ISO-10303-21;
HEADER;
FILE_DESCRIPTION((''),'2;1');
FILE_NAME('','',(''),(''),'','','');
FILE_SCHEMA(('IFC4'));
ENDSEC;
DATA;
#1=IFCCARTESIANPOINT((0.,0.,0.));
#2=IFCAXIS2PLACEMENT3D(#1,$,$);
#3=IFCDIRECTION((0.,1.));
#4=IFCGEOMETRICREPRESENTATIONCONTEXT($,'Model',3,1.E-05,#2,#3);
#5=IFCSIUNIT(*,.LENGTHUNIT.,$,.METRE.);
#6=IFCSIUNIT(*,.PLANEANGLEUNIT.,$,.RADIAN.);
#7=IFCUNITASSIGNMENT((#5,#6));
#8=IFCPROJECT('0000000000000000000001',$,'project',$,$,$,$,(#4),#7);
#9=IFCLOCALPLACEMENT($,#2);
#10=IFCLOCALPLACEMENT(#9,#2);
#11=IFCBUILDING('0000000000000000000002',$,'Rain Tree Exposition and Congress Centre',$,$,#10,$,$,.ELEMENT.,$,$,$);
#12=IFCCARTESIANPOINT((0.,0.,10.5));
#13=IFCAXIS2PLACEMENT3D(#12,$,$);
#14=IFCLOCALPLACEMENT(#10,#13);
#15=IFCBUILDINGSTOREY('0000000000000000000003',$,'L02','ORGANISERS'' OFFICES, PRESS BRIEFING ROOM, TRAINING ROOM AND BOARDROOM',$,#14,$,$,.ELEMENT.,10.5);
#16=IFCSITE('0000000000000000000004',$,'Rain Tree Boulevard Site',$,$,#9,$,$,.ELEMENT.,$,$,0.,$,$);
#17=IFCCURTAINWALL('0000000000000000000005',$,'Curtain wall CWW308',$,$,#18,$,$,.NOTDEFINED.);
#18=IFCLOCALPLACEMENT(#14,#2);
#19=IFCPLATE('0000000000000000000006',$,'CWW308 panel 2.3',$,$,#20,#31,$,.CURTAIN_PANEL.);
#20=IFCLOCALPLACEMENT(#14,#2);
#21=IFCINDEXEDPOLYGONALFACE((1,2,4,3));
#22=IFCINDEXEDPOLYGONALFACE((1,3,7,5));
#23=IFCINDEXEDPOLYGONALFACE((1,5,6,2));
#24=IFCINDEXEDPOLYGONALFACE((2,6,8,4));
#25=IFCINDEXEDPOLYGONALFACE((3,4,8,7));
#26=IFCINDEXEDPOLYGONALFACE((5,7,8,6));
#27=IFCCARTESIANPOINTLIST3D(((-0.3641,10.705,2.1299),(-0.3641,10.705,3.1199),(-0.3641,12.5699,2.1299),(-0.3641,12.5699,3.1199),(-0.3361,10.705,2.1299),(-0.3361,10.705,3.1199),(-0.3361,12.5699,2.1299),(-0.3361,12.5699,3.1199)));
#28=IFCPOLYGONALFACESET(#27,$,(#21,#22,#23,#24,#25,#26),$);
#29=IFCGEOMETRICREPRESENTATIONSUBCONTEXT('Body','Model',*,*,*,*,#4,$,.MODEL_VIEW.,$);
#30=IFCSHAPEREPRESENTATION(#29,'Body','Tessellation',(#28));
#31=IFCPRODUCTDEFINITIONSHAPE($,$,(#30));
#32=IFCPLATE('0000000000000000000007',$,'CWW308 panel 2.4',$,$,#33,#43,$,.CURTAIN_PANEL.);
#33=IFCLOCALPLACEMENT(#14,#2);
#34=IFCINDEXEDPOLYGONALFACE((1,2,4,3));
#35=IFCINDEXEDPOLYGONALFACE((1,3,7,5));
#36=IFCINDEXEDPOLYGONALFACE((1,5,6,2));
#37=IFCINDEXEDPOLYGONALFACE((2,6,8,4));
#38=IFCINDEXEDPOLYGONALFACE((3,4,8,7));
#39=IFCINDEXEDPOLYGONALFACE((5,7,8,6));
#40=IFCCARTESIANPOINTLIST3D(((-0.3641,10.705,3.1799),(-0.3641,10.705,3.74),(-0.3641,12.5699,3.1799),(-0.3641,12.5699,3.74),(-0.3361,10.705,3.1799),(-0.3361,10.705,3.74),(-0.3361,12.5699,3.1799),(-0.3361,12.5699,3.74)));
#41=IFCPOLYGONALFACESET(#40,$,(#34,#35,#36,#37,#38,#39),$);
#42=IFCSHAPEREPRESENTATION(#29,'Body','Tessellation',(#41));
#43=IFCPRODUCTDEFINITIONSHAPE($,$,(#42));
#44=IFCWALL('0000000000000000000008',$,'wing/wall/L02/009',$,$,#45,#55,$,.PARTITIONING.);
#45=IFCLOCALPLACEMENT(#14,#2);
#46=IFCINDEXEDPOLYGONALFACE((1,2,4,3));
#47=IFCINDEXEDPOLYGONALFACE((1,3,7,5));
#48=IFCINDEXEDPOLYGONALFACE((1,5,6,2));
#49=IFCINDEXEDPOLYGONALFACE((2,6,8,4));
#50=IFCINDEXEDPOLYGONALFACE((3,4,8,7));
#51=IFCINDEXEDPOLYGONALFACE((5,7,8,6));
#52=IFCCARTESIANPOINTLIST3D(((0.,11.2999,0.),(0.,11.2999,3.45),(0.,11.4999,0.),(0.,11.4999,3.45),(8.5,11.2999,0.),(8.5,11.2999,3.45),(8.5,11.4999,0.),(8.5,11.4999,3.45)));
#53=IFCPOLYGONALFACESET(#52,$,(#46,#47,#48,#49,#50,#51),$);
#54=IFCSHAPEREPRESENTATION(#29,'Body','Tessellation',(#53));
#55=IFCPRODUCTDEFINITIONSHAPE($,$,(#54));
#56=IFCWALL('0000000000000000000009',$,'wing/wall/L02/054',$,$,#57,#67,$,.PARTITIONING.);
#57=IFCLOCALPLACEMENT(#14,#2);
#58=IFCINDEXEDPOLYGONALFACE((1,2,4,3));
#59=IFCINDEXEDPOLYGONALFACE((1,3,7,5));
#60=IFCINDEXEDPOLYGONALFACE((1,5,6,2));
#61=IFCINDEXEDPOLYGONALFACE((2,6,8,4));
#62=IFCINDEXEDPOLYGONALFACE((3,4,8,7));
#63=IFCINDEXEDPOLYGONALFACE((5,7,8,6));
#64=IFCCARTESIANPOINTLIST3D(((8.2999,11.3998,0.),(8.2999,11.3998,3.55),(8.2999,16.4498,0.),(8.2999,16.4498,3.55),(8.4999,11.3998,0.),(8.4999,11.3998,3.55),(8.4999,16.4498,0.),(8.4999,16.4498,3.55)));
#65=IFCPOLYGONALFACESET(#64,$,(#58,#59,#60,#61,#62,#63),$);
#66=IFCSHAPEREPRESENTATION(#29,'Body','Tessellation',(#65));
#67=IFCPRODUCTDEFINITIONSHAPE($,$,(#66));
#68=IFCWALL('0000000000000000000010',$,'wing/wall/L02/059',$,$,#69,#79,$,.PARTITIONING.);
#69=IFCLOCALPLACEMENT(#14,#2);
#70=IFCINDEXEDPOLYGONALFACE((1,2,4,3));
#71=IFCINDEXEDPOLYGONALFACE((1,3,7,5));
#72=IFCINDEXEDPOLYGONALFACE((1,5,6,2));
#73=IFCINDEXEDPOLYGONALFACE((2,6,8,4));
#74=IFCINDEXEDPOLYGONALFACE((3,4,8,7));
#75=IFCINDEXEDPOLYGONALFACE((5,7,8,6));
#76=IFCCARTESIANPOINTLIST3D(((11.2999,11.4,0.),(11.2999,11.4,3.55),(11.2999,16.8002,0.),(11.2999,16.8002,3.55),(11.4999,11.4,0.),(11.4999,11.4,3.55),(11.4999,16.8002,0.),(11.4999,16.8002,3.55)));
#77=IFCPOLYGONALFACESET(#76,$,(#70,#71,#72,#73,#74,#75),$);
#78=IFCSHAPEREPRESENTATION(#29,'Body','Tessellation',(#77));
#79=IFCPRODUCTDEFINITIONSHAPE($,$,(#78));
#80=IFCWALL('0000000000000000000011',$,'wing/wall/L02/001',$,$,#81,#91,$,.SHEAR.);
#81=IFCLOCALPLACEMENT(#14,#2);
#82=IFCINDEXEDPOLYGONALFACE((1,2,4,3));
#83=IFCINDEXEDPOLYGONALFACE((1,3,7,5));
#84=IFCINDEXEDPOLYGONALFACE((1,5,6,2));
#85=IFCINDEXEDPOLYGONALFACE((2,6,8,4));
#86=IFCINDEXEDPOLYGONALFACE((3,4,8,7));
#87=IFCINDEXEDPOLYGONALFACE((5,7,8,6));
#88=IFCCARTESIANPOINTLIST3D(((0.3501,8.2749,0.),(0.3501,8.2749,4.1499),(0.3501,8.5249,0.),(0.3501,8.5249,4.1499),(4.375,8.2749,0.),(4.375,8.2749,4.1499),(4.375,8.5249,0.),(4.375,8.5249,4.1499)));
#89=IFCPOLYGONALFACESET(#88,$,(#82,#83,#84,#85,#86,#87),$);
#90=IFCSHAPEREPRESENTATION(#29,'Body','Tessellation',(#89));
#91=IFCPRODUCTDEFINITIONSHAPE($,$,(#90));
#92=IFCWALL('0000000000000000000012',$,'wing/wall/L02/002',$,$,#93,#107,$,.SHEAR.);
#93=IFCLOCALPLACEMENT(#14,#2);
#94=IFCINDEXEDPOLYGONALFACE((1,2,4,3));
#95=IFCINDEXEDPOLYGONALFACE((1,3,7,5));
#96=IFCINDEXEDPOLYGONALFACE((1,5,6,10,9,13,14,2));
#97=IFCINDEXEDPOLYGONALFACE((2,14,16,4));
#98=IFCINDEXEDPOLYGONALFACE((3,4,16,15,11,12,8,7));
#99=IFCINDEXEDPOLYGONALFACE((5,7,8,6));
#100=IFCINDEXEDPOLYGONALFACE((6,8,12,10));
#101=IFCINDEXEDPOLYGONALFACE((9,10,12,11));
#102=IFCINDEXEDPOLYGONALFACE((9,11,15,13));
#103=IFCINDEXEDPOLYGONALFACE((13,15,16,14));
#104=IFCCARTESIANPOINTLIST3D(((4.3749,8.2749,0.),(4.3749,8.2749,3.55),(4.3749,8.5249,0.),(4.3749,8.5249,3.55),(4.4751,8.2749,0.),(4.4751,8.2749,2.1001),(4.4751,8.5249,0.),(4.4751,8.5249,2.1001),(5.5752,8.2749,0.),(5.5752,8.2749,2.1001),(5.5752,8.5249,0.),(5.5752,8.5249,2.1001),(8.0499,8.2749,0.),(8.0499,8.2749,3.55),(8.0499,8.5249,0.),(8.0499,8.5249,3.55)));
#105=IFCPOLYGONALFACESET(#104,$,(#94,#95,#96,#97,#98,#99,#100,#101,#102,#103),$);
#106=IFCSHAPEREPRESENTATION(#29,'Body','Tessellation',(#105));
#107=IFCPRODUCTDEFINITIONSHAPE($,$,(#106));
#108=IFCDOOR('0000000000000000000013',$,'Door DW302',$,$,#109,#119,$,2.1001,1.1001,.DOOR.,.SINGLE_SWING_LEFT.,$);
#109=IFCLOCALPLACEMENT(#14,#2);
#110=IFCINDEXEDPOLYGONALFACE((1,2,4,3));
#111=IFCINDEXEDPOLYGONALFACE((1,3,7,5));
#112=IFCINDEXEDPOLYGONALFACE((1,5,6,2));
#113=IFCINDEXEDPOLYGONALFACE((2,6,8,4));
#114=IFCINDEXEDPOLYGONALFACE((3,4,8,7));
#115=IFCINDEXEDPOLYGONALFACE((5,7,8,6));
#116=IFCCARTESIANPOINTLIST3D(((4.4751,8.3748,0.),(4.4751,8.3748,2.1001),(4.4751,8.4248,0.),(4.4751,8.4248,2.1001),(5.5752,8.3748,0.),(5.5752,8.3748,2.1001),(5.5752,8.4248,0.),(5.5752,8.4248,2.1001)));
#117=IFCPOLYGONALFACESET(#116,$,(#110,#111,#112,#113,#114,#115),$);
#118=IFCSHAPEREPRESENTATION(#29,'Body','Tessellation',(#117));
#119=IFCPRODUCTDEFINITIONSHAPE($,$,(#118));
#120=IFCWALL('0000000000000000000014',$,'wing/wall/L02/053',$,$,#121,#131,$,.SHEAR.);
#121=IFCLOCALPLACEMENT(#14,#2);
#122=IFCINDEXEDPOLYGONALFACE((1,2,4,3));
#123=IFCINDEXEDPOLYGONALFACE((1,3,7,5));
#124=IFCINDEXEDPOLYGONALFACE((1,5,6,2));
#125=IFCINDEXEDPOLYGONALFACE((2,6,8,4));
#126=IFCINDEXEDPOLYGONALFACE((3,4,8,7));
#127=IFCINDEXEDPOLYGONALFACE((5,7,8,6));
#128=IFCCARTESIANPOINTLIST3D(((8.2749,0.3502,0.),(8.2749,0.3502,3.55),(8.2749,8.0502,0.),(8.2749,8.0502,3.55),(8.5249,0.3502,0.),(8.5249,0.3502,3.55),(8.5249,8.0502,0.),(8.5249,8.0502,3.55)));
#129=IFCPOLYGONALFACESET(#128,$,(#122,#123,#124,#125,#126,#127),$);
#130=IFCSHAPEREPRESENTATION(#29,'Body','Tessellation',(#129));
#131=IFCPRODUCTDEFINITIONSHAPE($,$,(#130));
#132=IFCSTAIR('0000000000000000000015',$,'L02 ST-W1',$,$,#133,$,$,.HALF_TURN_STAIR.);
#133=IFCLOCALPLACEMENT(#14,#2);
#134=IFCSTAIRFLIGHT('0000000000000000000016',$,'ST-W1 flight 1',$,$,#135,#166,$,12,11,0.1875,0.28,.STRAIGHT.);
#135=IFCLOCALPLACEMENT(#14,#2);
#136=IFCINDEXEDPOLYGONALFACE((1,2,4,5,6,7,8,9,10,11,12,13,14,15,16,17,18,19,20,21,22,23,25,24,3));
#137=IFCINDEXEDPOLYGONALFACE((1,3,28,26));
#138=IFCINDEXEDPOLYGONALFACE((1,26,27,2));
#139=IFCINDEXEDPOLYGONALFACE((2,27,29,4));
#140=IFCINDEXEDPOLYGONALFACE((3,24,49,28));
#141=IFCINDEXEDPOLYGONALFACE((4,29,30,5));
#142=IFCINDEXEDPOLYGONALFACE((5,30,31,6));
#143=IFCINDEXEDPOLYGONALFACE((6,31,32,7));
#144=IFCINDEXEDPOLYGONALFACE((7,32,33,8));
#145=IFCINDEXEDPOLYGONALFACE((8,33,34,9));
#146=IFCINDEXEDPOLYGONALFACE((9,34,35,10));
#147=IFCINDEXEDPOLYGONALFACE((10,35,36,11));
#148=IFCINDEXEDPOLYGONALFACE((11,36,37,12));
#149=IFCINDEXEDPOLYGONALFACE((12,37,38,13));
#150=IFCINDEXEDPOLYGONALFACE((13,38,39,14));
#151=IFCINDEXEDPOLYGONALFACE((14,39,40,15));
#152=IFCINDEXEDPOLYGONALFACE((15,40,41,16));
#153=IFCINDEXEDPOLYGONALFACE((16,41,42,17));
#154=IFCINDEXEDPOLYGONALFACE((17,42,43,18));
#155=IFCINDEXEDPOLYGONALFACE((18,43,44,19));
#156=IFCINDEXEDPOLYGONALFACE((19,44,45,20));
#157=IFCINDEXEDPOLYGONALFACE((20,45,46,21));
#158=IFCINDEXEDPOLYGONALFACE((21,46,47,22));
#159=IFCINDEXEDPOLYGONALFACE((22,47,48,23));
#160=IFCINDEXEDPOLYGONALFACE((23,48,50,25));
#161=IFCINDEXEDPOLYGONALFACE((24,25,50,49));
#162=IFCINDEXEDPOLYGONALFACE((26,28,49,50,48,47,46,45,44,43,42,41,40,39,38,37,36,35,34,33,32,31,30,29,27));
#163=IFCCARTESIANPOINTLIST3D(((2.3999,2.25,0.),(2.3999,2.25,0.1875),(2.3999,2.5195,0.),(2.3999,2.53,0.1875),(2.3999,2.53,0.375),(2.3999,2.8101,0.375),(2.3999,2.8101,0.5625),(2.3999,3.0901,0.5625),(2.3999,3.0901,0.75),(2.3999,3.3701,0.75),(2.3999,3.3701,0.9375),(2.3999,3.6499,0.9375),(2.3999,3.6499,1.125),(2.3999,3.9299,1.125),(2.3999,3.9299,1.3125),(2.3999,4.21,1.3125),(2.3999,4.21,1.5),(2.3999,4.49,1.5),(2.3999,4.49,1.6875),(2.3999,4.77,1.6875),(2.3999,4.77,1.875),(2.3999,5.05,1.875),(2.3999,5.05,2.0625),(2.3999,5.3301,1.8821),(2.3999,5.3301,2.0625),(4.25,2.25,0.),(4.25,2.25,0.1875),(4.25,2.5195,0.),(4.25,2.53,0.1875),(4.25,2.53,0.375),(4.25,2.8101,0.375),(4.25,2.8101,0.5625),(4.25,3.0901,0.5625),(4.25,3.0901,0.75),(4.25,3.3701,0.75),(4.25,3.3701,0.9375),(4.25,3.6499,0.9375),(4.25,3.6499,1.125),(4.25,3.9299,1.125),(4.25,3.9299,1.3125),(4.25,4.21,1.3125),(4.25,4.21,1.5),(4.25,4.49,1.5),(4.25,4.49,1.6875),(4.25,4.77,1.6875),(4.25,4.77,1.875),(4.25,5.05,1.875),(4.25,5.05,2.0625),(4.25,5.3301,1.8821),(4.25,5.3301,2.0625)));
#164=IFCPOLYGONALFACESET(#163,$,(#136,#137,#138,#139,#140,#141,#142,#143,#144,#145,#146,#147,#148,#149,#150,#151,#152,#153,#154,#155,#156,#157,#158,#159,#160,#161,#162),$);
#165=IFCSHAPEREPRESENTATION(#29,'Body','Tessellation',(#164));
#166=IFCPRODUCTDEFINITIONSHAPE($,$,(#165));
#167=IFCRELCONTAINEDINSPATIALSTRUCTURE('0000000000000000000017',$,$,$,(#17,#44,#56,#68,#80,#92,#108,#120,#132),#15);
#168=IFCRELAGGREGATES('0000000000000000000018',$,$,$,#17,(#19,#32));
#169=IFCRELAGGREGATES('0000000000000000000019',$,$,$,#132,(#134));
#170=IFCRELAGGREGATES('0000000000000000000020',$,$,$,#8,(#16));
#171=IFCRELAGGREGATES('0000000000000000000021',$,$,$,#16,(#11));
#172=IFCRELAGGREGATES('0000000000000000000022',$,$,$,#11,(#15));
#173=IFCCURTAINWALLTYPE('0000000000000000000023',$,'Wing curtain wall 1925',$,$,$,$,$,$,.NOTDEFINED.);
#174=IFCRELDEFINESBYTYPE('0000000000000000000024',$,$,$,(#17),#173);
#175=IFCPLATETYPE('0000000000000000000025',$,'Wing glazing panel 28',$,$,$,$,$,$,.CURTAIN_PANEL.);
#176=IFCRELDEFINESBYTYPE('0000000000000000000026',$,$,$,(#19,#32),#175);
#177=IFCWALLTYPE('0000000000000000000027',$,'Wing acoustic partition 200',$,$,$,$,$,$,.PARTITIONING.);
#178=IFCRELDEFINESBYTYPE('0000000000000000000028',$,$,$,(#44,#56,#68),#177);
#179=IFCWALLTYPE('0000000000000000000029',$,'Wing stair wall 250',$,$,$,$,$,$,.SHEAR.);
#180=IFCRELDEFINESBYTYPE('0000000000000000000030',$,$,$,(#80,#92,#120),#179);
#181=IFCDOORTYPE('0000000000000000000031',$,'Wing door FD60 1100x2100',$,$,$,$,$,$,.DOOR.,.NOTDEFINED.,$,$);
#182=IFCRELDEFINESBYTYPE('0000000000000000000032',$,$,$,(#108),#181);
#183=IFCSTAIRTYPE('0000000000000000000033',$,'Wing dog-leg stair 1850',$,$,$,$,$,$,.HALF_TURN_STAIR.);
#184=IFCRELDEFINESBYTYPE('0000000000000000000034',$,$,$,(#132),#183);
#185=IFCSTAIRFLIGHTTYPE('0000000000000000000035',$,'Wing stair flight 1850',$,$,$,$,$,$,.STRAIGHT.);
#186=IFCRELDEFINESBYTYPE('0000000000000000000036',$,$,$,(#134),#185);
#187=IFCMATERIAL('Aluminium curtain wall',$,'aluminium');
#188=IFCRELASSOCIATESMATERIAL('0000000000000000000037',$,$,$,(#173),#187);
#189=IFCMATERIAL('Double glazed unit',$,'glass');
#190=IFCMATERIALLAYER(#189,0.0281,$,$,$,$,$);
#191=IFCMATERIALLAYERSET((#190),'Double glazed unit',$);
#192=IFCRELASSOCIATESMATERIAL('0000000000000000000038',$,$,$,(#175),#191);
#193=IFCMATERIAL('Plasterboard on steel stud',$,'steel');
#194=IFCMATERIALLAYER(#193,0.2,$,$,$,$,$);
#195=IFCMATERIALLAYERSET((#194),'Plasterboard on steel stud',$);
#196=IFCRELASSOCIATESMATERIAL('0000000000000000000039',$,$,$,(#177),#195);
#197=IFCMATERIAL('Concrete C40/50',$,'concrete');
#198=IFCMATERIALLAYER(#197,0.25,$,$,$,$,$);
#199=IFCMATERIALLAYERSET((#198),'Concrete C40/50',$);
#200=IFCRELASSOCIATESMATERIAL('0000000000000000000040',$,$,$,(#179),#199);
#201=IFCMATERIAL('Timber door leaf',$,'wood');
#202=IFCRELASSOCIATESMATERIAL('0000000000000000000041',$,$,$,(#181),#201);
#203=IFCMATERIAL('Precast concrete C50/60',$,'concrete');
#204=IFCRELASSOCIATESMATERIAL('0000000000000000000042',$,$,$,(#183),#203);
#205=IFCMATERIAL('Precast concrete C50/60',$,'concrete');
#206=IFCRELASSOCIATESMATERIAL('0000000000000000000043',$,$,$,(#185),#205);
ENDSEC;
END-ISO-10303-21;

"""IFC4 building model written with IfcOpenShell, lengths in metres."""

from ifc_helpers import new_model, si_unit, direction, frame, frame_2d, origin, origin_2d, place, context, subcontext, project, spatial, polyline, rectangle, outline, extrude, material, layer, layer_set, type_object, element, fill, aggregate, save


model = new_model("IFC4")

# Units and contexts
model_context = context("Model", 3, precision=1e-05, world=origin(), true_north=direction((0.0, 1.0)))
body_context = subcontext(model_context, "Body", "Model", "MODEL_VIEW")
ifc_project = project(units=[si_unit("LENGTHUNIT", "METRE"), si_unit("PLANEANGLEUNIT", "RADIAN")], contexts=[model_context])

# Site, building, storey
site_placement = place(None, origin())
site = spatial("IfcSite", under=ifc_project, at=site_placement, Name="Rain Tree Boulevard Site", CompositionType="ELEMENT", RefElevation=0.0)
building_placement = place(site_placement, origin())
building = spatial("IfcBuilding", under=site, at=building_placement, Name="Rain Tree Exposition and Congress Centre", CompositionType="ELEMENT")
storey_placement = place(building_placement, frame((0.0, 0.0, 10.5)))
storey = spatial("IfcBuildingStorey", under=building, at=storey_placement, Name="L02", Description="ORGANISERS' OFFICES, PRESS BRIEFING ROOM, TRAINING ROOM AND BOARDROOM", CompositionType="ELEMENT", Elevation=10.5)

# Curtain wall, plates
ifc_material_1 = material(Name="Aluminium curtain wall", Category="aluminium")
curtain_wall_type = type_object("IfcCurtainWallType", Name="Wing curtain wall 1925", PredefinedType="NOTDEFINED", material=ifc_material_1)
curtain_wall_placement = place(storey_placement, origin())
curtain_wall = element("IfcCurtainWall", 1, at=curtain_wall_placement, inside=storey, type_object=curtain_wall_type, Name="Curtain wall CWW308", PredefinedType="NOTDEFINED")
ifc_material_2 = material(Name="Double glazed unit", Category="glass")
ifc_layer_1 = layer(ifc_material_2, 0.0281)
ifc_layer_set_1 = layer_set([ifc_layer_1], Name="Double glazed unit")
plate_type = type_object("IfcPlateType", Name="Wing glazing panel 28", PredefinedType="CURTAIN_PANEL", material=ifc_layer_set_1)
plate_1_placement = place(storey_placement, frame((-0.3501, 11.6375, 2.1299), z_axis=(0.0, 0.0, 1.0), x_axis=(0.0, 1.0, 0.0)))
plate_1 = element("IfcPlate", 2, at=plate_1_placement, type_object=plate_type, Name="CWW308 panel 2.3", PredefinedType="CURTAIN_PANEL", context=body_context, shape_type="SweptSolid", body=[
    extrude(rectangle(XDim=1.865, YDim=0.0281, at=origin_2d()), origin(), (0.0, 0.0, 1.0), 0.99),
])
plate_2_placement = place(storey_placement, frame((-0.3501, 11.6375, 3.1799), z_axis=(0.0, 0.0, 1.0), x_axis=(0.0, 1.0, 0.0)))
plate_2 = element("IfcPlate", 3, at=plate_2_placement, type_object=plate_type, Name="CWW308 panel 2.4", PredefinedType="CURTAIN_PANEL", context=body_context, shape_type="SweptSolid", body=[
    extrude(rectangle(XDim=1.865, YDim=0.0281, at=origin_2d()), origin(), (0.0, 0.0, 1.0), 0.5601),
])
aggregate(curtain_wall, [plate_1, plate_2])

# Shared definitions
ifc_material_3 = material(Name="Plasterboard on steel stud", Category="steel")
ifc_layer_2 = layer(ifc_material_3, 0.2)
ifc_layer_set_2 = layer_set([ifc_layer_2], Name="Plasterboard on steel stud")
wall_type_1 = type_object("IfcWallType", Name="Wing acoustic partition 200", PredefinedType="PARTITIONING", material=ifc_layer_set_2)

# Wall
wall_1_placement = place(storey_placement, frame((0.0, 11.3999, 0.0), z_axis=(0.0, 0.0, 1.0), x_axis=(1.0, 0.0, 0.0)))
element("IfcWall", 4, at=wall_1_placement, inside=storey, type_object=wall_type_1, Name="wing/wall/L02/009", PredefinedType="PARTITIONING", context=body_context, shape_type="SweptSolid", body=[
    extrude(rectangle(XDim=8.5, YDim=0.2, at=frame_2d((4.25, 0.0))), origin(), (0.0, 0.0, 1.0), 3.45),
])

# Walls
wall_2_placement = place(storey_placement, frame((8.3999, 11.3999, 0.0), z_axis=(0.0, 0.0, 1.0), x_axis=(0.0, 1.0, 0.0)))
element("IfcWall", 5, at=wall_2_placement, inside=storey, type_object=wall_type_1, Name="wing/wall/L02/054", PredefinedType="PARTITIONING", context=body_context, shape_type="SweptSolid", body=[
    extrude(rectangle(XDim=5.05, YDim=0.2, at=frame_2d((2.5249, 0.0))), origin(), (0.0, 0.0, 1.0), 3.55),
])
wall_3_placement = place(storey_placement, frame((11.3999, 11.3999, 0.0), z_axis=(0.0, 0.0, 1.0), x_axis=(0.0, 1.0, 0.0)))
element("IfcWall", 6, at=wall_3_placement, inside=storey, type_object=wall_type_1, Name="wing/wall/L02/059", PredefinedType="PARTITIONING", context=body_context, shape_type="SweptSolid", body=[
    extrude(rectangle(XDim=5.4001, YDim=0.2, at=frame_2d((2.7002, 0.0))), origin(), (0.0, 0.0, 1.0), 3.55),
])
ifc_material_4 = material(Name="Concrete C40/50", Category="concrete")
ifc_layer_3 = layer(ifc_material_4, 0.25)
ifc_layer_set_3 = layer_set([ifc_layer_3], Name="Concrete C40/50")
wall_type_2 = type_object("IfcWallType", Name="Wing stair wall 250", PredefinedType="SHEAR", material=ifc_layer_set_3)
wall_4_placement = place(storey_placement, frame((0.3501, 8.3999, 0.0), z_axis=(0.0, 0.0, 1.0), x_axis=(1.0, 0.0, 0.0)))
element("IfcWall", 7, at=wall_4_placement, inside=storey, type_object=wall_type_2, Name="wing/wall/L02/001", PredefinedType="SHEAR", context=body_context, shape_type="SweptSolid", body=[
    extrude(rectangle(XDim=4.0249, YDim=0.25, at=frame_2d((2.0125, 0.0))), origin(), (0.0, 0.0, 1.0), 4.1499),
])

# Wall, opening, door
wall_5_placement = place(storey_placement, frame((4.375, 8.3999, 0.0), z_axis=(0.0, 0.0, 1.0), x_axis=(1.0, 0.0, 0.0)))
wall_5 = element("IfcWall", 8, at=wall_5_placement, inside=storey, type_object=wall_type_2, Name="wing/wall/L02/002", PredefinedType="SHEAR", context=body_context, shape_type="SweptSolid", body=[
    extrude(rectangle(XDim=3.675, YDim=0.25, at=frame_2d((1.8374, 0.0))), origin(), (0.0, 0.0, 1.0), 3.55),
])
opening_1_placement = place(wall_5_placement, frame((0.1001, 0.0, 0.0)))
opening_1 = element("IfcOpeningElement", 9, at=opening_1_placement, cuts=wall_5, PredefinedType="OPENING", context=body_context, shape_type="SweptSolid", body=[
    extrude(rectangle(XDim=1.1001, YDim=2.1001, at=frame_2d((0.55, 1.05))), frame((0.0, 0.125, 0.0), z_axis=(0.0, -1.0, 0.0), x_axis=(1.0, 0.0, 0.0)), (0.0, 0.0, 1.0), 0.25),
])
ifc_material_5 = material(Name="Timber door leaf", Category="wood")
door_type_1 = type_object("IfcDoorType", Name="Wing door FD60 1100x2100", OperationType="NOTDEFINED", PredefinedType="DOOR", material=ifc_material_5)
door_1_placement = place(opening_1_placement, origin())
door_1 = element("IfcDoor", 10, at=door_1_placement, inside=storey, type_object=door_type_1, Name="Door DW302", OperationType="SINGLE_SWING_LEFT", OverallHeight=2.1001, OverallWidth=1.1001, PredefinedType="DOOR", context=body_context, shape_type="SweptSolid", body=[
    extrude(rectangle(XDim=1.1001, YDim=2.1001, at=frame_2d((0.55, 1.05))), frame((0.0, 0.0249, 0.0), z_axis=(0.0, -1.0, 0.0), x_axis=(1.0, 0.0, 0.0)), (0.0, 0.0, 1.0), 0.05),
])
fill(opening_1, door_1)

# Wall
wall_6_placement = place(storey_placement, frame((8.3999, 0.3501, 0.0), z_axis=(0.0, 0.0, 1.0), x_axis=(0.0, 1.0, 0.0)))
element("IfcWall", 11, at=wall_6_placement, inside=storey, type_object=wall_type_2, Name="wing/wall/L02/053", PredefinedType="SHEAR", context=body_context, shape_type="SweptSolid", body=[
    extrude(rectangle(XDim=7.7, YDim=0.25, at=frame_2d((3.8501, 0.0))), origin(), (0.0, 0.0, 1.0), 3.55),
])

# Stair, stair flight
ifc_material_6 = material(Name="Precast concrete C50/60", Category="concrete")
stair_type = type_object("IfcStairType", Name="Wing dog-leg stair 1850", PredefinedType="HALF_TURN_STAIR", material=ifc_material_6)
stair_placement = place(storey_placement, origin())
stair = element("IfcStair", 12, at=stair_placement, inside=storey, type_object=stair_type, Name="L02 ST-W1", PredefinedType="HALF_TURN_STAIR")
ifc_material_7 = material(Name="Precast concrete C50/60", Category="concrete")
stair_flight_type = type_object("IfcStairFlightType", Name="Wing stair flight 1850", PredefinedType="STRAIGHT", material=ifc_material_7)
stair_flight_1_placement = place(storey_placement, frame((3.325, 2.25, 0.0), z_axis=(0.0, 0.0, 1.0), x_axis=(0.0, 1.0, 0.0)))
stair_flight_1 = element("IfcStairFlight", 13, at=stair_flight_1_placement, type_object=stair_flight_type, Name="ST-W1 flight 1", NumberOfRisers=12, NumberOfTreads=11, PredefinedType="STRAIGHT", RiserHeight=0.1875, TreadLength=0.28, context=body_context, shape_type="SweptSolid", body=[
    extrude(outline(polyline([(0.0, 0.0), (0.0, 0.1875), (0.28, 0.1875), (0.28, 0.375), (0.5601, 0.375), (0.5601, 0.5625), (0.8401, 0.5625), (0.8401, 0.75), (1.1201, 0.75), (1.1201, 0.9375), (1.3999, 0.9375), (1.3999, 1.125), (1.6799, 1.125), (1.6799, 1.3125), (1.96, 1.3125), (1.96, 1.5), (2.24, 1.5), (2.24, 1.6875), (2.52, 1.6875), (2.52, 1.875), (2.8, 1.875), (2.8, 2.0625), (3.0801, 2.0625), (3.0801, 2.25), (3.0801, 1.8821), (0.2695, 0.0), (0.0, 0.0)])), frame((0.0, 0.925, 0.0), z_axis=(0.0, -1.0, 0.0), x_axis=(1.0, 0.0, 0.0)), (0.0, 0.0, 1.0), 1.8501),
])
aggregate(stair, [stair_flight_1])

save(model, "model.ifc")
